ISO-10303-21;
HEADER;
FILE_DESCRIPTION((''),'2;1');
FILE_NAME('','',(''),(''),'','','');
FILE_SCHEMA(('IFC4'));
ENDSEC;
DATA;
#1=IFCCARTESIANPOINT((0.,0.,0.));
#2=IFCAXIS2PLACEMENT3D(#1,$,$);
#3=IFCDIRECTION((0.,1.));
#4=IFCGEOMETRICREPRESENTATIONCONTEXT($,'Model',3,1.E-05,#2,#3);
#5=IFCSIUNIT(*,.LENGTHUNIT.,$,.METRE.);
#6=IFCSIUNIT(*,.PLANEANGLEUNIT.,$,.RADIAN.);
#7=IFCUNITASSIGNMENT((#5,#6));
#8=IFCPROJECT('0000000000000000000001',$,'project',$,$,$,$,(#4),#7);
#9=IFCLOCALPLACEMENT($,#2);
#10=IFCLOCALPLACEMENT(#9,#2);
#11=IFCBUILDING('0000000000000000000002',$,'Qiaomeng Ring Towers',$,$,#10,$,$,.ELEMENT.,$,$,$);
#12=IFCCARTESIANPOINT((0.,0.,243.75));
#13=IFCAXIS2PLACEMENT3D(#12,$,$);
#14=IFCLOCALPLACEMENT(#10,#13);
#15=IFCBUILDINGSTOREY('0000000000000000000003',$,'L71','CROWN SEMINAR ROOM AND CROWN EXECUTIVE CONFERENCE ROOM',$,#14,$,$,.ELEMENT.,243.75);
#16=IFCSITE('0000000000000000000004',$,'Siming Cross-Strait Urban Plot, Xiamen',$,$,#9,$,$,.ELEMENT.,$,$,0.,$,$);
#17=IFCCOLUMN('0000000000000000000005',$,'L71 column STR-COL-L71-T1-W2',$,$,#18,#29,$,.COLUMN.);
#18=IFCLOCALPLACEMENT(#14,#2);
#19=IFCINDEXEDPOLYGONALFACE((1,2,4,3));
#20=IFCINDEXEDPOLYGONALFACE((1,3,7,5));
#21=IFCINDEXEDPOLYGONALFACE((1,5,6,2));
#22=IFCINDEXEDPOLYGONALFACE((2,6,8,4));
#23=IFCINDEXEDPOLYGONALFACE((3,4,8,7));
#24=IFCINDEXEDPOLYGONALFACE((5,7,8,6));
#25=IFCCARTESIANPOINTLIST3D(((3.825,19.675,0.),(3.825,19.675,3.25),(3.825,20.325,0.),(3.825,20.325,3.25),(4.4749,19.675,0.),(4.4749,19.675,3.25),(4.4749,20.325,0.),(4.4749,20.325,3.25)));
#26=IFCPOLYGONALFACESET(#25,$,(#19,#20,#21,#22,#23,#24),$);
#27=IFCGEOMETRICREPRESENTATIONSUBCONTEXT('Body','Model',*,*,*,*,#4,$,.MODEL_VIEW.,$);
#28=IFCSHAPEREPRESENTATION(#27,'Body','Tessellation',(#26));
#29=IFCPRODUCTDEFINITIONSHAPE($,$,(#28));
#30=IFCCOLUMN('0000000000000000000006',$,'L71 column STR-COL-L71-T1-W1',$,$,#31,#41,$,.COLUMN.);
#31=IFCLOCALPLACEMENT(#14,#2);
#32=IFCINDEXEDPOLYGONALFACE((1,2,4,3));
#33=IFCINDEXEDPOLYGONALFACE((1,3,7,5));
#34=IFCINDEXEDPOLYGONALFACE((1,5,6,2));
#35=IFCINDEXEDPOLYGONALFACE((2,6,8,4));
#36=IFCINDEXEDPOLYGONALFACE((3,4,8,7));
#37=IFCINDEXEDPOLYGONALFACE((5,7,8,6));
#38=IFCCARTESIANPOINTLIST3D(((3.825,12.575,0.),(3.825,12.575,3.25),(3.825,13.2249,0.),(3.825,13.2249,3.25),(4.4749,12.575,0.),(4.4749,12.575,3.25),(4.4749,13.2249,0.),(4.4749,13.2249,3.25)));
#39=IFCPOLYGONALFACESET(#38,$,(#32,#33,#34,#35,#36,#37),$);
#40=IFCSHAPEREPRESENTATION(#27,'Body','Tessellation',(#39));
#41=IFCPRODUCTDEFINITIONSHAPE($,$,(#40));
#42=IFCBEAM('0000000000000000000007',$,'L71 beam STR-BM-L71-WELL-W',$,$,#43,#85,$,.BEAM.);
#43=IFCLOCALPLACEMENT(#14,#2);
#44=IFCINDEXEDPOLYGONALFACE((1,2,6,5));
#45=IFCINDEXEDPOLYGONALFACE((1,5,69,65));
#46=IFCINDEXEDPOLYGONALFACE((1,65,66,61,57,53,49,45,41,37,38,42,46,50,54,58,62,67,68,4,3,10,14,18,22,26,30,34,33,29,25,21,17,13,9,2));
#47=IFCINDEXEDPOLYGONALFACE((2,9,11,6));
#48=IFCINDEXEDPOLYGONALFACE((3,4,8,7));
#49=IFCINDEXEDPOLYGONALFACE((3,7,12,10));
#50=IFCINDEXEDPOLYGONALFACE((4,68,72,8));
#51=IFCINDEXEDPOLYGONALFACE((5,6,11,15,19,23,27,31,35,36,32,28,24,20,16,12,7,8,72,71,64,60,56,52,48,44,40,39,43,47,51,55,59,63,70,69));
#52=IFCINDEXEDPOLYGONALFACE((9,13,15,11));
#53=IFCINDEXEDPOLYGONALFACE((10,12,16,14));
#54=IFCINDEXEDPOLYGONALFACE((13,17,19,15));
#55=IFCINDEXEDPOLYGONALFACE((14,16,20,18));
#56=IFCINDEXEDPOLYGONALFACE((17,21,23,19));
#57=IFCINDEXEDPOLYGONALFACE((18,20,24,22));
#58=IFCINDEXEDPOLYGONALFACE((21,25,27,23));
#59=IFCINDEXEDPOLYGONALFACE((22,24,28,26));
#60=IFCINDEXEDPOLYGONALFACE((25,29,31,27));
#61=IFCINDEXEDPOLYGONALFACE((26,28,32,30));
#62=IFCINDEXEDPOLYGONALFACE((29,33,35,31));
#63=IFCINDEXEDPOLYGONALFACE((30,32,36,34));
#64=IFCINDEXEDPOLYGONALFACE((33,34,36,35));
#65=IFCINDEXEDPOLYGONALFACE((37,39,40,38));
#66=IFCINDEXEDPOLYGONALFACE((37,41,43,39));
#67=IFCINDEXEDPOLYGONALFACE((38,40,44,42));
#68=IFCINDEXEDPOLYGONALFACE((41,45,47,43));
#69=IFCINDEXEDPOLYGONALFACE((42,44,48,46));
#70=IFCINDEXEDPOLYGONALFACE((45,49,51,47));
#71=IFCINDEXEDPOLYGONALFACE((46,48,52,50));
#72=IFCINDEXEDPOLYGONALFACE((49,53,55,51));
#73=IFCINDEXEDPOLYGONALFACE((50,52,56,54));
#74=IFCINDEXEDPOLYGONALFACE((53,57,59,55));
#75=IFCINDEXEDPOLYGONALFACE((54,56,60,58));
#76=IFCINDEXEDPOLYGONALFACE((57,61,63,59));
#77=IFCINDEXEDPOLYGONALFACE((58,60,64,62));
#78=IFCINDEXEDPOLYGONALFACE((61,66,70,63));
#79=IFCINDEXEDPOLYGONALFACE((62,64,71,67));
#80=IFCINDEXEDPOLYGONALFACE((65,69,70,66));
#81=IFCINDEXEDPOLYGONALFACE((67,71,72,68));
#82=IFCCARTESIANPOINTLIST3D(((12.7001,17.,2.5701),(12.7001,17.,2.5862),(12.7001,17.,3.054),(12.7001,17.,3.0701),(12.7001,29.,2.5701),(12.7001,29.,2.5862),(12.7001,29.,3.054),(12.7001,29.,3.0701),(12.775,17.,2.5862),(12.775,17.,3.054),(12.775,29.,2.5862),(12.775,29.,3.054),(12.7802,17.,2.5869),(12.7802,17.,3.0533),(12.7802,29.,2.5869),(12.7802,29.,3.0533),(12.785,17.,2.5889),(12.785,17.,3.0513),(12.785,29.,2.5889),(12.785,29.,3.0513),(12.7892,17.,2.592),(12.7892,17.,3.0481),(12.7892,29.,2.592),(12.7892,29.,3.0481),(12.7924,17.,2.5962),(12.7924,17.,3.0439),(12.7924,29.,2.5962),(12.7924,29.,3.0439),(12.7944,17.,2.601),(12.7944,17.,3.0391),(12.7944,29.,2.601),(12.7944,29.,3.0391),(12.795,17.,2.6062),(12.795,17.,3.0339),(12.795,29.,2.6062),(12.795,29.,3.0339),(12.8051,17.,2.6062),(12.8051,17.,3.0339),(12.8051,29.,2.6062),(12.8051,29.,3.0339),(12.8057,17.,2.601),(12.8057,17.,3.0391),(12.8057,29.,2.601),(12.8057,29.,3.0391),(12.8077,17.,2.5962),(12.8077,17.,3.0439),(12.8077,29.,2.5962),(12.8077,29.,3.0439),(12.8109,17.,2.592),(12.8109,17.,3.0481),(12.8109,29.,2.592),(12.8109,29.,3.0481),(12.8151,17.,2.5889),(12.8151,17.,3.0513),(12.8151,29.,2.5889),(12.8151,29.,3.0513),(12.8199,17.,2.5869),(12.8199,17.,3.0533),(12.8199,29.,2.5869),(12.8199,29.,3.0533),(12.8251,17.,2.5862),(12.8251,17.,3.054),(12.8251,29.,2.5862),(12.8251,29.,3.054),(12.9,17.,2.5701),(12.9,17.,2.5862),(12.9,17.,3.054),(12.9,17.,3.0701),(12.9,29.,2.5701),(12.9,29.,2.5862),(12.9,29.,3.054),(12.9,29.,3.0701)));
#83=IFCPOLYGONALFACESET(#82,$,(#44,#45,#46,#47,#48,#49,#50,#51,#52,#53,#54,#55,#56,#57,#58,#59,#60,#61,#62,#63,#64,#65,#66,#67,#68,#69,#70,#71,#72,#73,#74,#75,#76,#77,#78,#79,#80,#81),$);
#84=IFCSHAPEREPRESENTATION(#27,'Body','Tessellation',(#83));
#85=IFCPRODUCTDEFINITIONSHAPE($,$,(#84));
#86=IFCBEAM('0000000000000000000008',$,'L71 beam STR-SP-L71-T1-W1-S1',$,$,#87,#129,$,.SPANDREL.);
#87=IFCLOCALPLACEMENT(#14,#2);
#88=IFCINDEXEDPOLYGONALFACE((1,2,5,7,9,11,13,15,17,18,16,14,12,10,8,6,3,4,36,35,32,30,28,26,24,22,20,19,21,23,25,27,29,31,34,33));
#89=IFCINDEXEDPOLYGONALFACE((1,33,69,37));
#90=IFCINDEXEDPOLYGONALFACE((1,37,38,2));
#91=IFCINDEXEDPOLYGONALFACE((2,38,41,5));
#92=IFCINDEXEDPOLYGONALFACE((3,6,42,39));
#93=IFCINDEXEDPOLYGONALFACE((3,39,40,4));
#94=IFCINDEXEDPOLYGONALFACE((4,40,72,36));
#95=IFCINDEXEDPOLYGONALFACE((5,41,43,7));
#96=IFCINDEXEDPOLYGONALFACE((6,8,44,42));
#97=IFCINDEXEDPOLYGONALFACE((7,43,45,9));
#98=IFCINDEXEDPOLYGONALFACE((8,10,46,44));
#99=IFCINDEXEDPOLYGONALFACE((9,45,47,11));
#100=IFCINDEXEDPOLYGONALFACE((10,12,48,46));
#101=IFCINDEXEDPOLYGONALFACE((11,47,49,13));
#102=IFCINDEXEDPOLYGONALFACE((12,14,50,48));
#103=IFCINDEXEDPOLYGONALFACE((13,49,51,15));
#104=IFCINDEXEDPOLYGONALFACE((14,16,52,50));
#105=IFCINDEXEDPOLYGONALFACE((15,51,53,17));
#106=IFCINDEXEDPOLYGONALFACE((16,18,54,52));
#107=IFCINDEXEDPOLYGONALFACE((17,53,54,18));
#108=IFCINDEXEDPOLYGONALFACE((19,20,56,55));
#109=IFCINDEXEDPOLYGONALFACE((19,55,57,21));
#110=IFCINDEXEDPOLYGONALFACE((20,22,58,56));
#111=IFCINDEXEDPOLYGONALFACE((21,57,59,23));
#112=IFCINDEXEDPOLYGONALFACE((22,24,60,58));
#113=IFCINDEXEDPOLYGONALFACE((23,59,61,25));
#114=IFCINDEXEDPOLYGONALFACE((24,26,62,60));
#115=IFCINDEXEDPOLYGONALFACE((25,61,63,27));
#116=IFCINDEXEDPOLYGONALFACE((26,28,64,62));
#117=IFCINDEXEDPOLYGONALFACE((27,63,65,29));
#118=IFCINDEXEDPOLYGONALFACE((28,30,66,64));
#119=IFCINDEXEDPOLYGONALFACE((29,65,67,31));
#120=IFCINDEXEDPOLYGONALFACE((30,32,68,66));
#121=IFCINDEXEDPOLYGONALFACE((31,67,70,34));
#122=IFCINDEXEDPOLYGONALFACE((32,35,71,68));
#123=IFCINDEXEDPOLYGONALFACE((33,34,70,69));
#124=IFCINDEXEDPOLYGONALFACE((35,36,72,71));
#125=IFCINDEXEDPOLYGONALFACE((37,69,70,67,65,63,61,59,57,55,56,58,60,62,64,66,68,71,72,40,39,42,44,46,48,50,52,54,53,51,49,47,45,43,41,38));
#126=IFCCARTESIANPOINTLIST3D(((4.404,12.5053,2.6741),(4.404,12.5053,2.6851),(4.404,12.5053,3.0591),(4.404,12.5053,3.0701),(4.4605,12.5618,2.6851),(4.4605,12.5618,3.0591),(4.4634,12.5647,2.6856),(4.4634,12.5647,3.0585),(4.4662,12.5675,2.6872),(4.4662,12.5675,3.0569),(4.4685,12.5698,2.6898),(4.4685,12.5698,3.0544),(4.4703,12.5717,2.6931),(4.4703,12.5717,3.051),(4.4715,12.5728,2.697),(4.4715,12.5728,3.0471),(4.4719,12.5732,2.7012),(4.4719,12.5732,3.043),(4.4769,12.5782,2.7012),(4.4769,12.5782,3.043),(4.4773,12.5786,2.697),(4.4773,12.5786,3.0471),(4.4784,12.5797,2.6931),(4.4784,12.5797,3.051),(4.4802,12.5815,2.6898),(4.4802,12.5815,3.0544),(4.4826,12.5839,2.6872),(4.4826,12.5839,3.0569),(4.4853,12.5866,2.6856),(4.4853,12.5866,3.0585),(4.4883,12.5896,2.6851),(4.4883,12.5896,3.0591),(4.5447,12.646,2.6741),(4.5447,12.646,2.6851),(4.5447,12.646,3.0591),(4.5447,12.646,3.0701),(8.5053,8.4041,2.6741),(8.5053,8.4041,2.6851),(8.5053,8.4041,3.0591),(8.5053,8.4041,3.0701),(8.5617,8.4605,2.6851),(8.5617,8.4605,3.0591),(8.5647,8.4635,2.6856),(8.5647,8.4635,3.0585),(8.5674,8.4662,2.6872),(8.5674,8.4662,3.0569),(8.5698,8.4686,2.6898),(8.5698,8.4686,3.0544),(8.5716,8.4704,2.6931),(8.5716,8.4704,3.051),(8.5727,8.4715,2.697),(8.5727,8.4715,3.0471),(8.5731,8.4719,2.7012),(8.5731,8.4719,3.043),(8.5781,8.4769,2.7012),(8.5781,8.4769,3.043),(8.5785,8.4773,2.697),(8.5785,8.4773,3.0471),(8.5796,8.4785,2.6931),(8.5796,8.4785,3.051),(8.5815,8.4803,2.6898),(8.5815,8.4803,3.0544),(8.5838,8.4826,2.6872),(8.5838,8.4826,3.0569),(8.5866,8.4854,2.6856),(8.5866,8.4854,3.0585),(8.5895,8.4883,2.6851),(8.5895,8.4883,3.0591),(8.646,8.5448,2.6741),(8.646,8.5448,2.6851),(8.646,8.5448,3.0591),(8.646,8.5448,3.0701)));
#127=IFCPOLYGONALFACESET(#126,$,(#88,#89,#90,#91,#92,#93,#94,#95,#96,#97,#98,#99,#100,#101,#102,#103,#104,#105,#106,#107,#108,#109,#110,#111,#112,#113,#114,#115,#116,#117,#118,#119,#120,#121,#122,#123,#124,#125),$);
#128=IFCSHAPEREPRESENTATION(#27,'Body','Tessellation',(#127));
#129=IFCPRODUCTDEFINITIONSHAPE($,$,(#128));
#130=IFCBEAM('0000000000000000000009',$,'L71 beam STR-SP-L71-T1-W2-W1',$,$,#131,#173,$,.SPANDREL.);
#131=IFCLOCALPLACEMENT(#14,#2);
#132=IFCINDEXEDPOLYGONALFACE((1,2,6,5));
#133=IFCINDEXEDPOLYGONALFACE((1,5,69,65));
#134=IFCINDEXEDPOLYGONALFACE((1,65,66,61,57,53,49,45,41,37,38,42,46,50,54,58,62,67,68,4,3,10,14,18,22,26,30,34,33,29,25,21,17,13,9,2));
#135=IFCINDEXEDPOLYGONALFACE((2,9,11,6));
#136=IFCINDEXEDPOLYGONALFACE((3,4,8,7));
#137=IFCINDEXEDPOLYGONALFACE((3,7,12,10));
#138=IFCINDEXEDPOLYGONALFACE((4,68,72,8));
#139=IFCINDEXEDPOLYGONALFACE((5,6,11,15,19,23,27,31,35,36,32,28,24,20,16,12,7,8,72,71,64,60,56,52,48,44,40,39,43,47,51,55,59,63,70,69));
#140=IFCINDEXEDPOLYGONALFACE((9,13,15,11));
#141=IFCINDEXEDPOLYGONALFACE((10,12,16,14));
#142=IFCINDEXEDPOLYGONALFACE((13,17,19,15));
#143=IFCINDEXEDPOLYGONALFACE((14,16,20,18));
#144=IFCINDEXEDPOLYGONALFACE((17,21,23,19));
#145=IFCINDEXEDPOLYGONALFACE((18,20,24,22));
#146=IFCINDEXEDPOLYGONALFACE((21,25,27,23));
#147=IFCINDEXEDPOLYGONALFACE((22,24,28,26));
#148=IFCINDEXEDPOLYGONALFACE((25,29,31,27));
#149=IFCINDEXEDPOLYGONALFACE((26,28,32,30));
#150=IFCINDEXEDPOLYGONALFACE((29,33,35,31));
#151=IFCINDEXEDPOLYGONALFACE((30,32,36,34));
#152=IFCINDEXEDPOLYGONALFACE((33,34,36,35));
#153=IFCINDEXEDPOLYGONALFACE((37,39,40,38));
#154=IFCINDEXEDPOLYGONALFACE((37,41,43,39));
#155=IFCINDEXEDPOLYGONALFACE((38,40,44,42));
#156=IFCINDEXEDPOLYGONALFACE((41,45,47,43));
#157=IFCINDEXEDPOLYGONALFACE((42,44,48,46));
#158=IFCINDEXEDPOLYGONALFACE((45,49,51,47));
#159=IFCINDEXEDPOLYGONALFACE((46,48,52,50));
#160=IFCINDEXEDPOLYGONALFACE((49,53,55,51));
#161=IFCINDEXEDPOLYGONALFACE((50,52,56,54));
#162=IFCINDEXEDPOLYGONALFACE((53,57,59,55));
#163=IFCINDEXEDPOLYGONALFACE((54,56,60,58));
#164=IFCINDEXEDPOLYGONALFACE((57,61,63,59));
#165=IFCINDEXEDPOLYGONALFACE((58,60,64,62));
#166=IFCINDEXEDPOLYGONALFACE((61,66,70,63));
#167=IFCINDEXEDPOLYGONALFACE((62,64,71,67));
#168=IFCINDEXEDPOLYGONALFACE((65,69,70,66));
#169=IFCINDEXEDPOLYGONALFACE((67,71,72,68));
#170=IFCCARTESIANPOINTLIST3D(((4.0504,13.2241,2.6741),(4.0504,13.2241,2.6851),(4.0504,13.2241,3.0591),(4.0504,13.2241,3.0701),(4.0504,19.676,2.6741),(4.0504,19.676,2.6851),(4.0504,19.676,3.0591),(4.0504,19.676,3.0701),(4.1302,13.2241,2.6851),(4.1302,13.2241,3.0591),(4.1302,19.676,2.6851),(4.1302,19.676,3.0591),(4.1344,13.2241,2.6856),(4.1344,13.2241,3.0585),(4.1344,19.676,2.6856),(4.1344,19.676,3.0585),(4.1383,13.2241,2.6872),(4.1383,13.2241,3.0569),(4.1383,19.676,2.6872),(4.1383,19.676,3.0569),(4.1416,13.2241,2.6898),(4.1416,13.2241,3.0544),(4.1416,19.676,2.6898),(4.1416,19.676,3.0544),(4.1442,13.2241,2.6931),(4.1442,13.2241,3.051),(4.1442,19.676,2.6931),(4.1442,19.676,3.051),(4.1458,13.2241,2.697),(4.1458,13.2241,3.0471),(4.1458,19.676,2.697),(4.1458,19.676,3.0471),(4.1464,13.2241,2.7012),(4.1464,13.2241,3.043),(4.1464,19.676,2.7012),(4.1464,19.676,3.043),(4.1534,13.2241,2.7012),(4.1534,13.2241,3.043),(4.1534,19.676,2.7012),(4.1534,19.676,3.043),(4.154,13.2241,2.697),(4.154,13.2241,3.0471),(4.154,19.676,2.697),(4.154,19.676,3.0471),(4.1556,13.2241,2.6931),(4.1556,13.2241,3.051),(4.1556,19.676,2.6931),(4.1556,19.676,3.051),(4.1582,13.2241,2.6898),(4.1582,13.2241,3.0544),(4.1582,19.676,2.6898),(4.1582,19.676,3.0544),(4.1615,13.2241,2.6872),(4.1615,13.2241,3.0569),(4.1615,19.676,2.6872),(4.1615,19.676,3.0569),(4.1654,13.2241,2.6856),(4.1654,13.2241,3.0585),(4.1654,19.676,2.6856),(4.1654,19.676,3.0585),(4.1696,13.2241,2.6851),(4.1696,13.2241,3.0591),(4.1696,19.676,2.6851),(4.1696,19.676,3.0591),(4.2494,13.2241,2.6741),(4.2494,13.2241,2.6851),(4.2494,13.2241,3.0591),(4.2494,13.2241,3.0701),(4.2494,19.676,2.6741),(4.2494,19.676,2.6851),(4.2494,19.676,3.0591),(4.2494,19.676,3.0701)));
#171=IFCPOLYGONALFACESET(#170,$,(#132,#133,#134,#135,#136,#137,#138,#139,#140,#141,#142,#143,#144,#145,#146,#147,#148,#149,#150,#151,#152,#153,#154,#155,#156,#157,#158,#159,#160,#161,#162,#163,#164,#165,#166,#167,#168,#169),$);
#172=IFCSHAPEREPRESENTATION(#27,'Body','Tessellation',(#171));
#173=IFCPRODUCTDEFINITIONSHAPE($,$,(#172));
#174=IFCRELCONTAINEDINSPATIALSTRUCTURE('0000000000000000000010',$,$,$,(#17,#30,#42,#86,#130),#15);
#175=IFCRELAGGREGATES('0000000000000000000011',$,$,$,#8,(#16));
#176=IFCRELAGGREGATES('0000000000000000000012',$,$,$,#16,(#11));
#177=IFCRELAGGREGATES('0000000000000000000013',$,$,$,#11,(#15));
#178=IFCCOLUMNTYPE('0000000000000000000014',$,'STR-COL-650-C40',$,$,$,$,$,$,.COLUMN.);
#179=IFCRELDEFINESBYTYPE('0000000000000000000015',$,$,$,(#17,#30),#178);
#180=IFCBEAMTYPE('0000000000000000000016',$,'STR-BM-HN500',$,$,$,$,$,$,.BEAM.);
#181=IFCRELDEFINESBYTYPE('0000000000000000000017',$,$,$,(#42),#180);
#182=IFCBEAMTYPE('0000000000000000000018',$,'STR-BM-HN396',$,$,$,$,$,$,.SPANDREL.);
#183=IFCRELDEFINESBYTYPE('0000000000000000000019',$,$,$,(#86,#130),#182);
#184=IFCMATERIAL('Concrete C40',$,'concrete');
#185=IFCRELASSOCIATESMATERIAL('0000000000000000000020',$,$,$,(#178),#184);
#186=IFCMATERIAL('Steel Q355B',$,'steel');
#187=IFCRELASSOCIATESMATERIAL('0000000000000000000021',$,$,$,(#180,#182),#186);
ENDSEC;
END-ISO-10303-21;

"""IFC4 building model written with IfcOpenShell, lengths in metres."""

from ifc_helpers import new_model, si_unit, direction, frame, origin, origin_2d, place, context, subcontext, project, spatial, rectangle, i_section, extrude, source, transform, mapped, material, material_profile, profile_set, type_object, element, save


model = new_model("IFC4")

# Units and contexts
model_context = context("Model", 3, precision=1e-05, world=origin(), true_north=direction((0.0, 1.0)))
body_context = subcontext(model_context, "Body", "Model", "MODEL_VIEW")
ifc_project = project(units=[si_unit("LENGTHUNIT", "METRE"), si_unit("PLANEANGLEUNIT", "RADIAN")], contexts=[model_context])

# Site, building, storey
site_placement = place(None, origin())
site = spatial("IfcSite", under=ifc_project, at=site_placement, Name="Siming Cross-Strait Urban Plot, Xiamen", CompositionType="ELEMENT", RefElevation=0.0)
building_placement = place(site_placement, origin())
building = spatial("IfcBuilding", under=site, at=building_placement, Name="Qiaomeng Ring Towers", CompositionType="ELEMENT")
storey_placement = place(building_placement, frame((0.0, 0.0, 243.75)))
storey = spatial("IfcBuildingStorey", under=building, at=storey_placement, Name="L71", Description="CROWN SEMINAR ROOM AND CROWN EXECUTIVE CONFERENCE ROOM", CompositionType="ELEMENT", Elevation=243.75)

# Columns
ifc_material_1 = material(Name="Concrete C40", Category="concrete")
ifc_material_profile_1 = material_profile(ifc_material_1, rectangle(XDim=0.6499, YDim=0.6499, at=origin_2d()), Name="RC COL 650x650")
ifc_profile_set_1 = profile_set([ifc_material_profile_1], Name="Concrete C40")
column_type = type_object("IfcColumnType", Name="STR-COL-650-C40", PredefinedType="COLUMN", material=ifc_profile_set_1)
shared_shape_1 = source(origin(), body_context, "Body", "SweptSolid", [
    extrude(rectangle(XDim=0.6499, YDim=0.6499, at=origin_2d()), origin(), (0.0, 0.0, 1.0), 3.25),
])
for number, where, z_axis, x_axis, name in (
    (1, (4.1499, 20.0, 0.0), (0.0, 0.0, 1.0), (1.0, 0.0, 0.0), "L71 column STR-COL-L71-T1-W2"),
    (2, (4.1499, 12.8999, 0.0), (0.0, 0.0, 1.0), (1.0, 0.0, 0.0), "L71 column STR-COL-L71-T1-W1"),
):
    element("IfcColumn", number, at=place(storey_placement, frame(where, z_axis=z_axis, x_axis=x_axis)), inside=storey, type_object=column_type, Name=name, PredefinedType="COLUMN", context=body_context, shape_type="MappedRepresentation", body=[
        mapped(shared_shape_1, transform((0.0, 0.0, 0.0), x_axis=(1.0, 0.0, 0.0), y_axis=(0.0, 1.0, 0.0), z_axis=(0.0, 0.0, 1.0), scale=1.0)),
    ])

# Beams
ifc_material_2 = material(Name="Steel Q355B", Category="steel")
ifc_material_profile_2 = material_profile(ifc_material_2, i_section(OverallWidth=0.2, OverallDepth=0.5, WebThickness=0.01, FlangeThickness=0.0161, FilletRadius=0.02, at=origin_2d()), Name="HN 500x200x10x16")
ifc_profile_set_2 = profile_set([ifc_material_profile_2], Name="Steel Q355B")
beam_type_1 = type_object("IfcBeamType", Name="STR-BM-HN500", PredefinedType="BEAM", material=ifc_profile_set_2)
shared_shape_2 = source(origin(), body_context, "Body", "SweptSolid", [
    extrude(i_section(OverallWidth=0.2, OverallDepth=0.5, WebThickness=0.01, FlangeThickness=0.0161, FilletRadius=0.02, at=origin_2d()), origin(), (0.0, 0.0, 1.0), 12.0),
])
beam_1_placement = place(storey_placement, frame((12.8, 17.0, 2.8201), z_axis=(0.0, 1.0, 0.0), x_axis=(-1.0, 0.0, 0.0)))
element("IfcBeam", 3, at=beam_1_placement, inside=storey, type_object=beam_type_1, Name="L71 beam STR-BM-L71-WELL-W", PredefinedType="BEAM", context=body_context, shape_type="MappedRepresentation", body=[
    mapped(shared_shape_2, transform((0.0, 0.0, 0.0), x_axis=(1.0, 0.0, 0.0), y_axis=(0.0, 1.0, 0.0), z_axis=(0.0, 0.0, 1.0), scale=1.0)),
])
ifc_material_profile_3 = material_profile(ifc_material_2, i_section(OverallWidth=0.199, OverallDepth=0.396, WebThickness=0.0071, FlangeThickness=0.011, FilletRadius=0.0161, at=origin_2d()), Name="HN 396x199x7x11")
ifc_profile_set_3 = profile_set([ifc_material_profile_3], Name="Steel Q355B")
beam_type_2 = type_object("IfcBeamType", Name="STR-BM-HN396", PredefinedType="SPANDREL", material=ifc_profile_set_3)
shared_shape_3 = source(origin(), body_context, "Body", "SweptSolid", [
    extrude(i_section(OverallWidth=0.199, OverallDepth=0.396, WebThickness=0.0071, FlangeThickness=0.011, FilletRadius=0.0161, at=origin_2d()), origin(), (0.0, 0.0, 1.0), 5.8),
])
beam_2_placement = place(storey_placement, frame((4.4744, 12.5757, 2.8721), z_axis=(0.707107, -0.707107, 0.0), x_axis=(0.707107, 0.707107, 0.0)))
element("IfcBeam", 4, at=beam_2_placement, inside=storey, type_object=beam_type_2, Name="L71 beam STR-SP-L71-T1-W1-S1", PredefinedType="SPANDREL", context=body_context, shape_type="MappedRepresentation", body=[
    mapped(shared_shape_3, transform((0.0, 0.0, 0.0), x_axis=(1.0, 0.0, 0.0), y_axis=(0.0, 1.0, 0.0), z_axis=(0.0, 0.0, 1.0), scale=1.0)),
])
shared_shape_4 = source(origin(), body_context, "Body", "SweptSolid", [
    extrude(i_section(OverallWidth=0.199, OverallDepth=0.396, WebThickness=0.0071, FlangeThickness=0.011, FilletRadius=0.0161, at=origin_2d()), origin(), (0.0, 0.0, 1.0), 6.4519),
])
beam_3_placement = place(storey_placement, frame((4.1499, 19.676, 2.8721), z_axis=(0.0, -1.0, 0.0), x_axis=(1.0, 0.0, 0.0)))
element("IfcBeam", 5, at=beam_3_placement, inside=storey, type_object=beam_type_2, Name="L71 beam STR-SP-L71-T1-W2-W1", PredefinedType="SPANDREL", context=body_context, shape_type="MappedRepresentation", body=[
    mapped(shared_shape_4, transform((0.0, 0.0, 0.0), x_axis=(1.0, 0.0, 0.0), y_axis=(0.0, 1.0, 0.0), z_axis=(0.0, 0.0, 1.0), scale=1.0)),
])

save(model, "model.ifc")
